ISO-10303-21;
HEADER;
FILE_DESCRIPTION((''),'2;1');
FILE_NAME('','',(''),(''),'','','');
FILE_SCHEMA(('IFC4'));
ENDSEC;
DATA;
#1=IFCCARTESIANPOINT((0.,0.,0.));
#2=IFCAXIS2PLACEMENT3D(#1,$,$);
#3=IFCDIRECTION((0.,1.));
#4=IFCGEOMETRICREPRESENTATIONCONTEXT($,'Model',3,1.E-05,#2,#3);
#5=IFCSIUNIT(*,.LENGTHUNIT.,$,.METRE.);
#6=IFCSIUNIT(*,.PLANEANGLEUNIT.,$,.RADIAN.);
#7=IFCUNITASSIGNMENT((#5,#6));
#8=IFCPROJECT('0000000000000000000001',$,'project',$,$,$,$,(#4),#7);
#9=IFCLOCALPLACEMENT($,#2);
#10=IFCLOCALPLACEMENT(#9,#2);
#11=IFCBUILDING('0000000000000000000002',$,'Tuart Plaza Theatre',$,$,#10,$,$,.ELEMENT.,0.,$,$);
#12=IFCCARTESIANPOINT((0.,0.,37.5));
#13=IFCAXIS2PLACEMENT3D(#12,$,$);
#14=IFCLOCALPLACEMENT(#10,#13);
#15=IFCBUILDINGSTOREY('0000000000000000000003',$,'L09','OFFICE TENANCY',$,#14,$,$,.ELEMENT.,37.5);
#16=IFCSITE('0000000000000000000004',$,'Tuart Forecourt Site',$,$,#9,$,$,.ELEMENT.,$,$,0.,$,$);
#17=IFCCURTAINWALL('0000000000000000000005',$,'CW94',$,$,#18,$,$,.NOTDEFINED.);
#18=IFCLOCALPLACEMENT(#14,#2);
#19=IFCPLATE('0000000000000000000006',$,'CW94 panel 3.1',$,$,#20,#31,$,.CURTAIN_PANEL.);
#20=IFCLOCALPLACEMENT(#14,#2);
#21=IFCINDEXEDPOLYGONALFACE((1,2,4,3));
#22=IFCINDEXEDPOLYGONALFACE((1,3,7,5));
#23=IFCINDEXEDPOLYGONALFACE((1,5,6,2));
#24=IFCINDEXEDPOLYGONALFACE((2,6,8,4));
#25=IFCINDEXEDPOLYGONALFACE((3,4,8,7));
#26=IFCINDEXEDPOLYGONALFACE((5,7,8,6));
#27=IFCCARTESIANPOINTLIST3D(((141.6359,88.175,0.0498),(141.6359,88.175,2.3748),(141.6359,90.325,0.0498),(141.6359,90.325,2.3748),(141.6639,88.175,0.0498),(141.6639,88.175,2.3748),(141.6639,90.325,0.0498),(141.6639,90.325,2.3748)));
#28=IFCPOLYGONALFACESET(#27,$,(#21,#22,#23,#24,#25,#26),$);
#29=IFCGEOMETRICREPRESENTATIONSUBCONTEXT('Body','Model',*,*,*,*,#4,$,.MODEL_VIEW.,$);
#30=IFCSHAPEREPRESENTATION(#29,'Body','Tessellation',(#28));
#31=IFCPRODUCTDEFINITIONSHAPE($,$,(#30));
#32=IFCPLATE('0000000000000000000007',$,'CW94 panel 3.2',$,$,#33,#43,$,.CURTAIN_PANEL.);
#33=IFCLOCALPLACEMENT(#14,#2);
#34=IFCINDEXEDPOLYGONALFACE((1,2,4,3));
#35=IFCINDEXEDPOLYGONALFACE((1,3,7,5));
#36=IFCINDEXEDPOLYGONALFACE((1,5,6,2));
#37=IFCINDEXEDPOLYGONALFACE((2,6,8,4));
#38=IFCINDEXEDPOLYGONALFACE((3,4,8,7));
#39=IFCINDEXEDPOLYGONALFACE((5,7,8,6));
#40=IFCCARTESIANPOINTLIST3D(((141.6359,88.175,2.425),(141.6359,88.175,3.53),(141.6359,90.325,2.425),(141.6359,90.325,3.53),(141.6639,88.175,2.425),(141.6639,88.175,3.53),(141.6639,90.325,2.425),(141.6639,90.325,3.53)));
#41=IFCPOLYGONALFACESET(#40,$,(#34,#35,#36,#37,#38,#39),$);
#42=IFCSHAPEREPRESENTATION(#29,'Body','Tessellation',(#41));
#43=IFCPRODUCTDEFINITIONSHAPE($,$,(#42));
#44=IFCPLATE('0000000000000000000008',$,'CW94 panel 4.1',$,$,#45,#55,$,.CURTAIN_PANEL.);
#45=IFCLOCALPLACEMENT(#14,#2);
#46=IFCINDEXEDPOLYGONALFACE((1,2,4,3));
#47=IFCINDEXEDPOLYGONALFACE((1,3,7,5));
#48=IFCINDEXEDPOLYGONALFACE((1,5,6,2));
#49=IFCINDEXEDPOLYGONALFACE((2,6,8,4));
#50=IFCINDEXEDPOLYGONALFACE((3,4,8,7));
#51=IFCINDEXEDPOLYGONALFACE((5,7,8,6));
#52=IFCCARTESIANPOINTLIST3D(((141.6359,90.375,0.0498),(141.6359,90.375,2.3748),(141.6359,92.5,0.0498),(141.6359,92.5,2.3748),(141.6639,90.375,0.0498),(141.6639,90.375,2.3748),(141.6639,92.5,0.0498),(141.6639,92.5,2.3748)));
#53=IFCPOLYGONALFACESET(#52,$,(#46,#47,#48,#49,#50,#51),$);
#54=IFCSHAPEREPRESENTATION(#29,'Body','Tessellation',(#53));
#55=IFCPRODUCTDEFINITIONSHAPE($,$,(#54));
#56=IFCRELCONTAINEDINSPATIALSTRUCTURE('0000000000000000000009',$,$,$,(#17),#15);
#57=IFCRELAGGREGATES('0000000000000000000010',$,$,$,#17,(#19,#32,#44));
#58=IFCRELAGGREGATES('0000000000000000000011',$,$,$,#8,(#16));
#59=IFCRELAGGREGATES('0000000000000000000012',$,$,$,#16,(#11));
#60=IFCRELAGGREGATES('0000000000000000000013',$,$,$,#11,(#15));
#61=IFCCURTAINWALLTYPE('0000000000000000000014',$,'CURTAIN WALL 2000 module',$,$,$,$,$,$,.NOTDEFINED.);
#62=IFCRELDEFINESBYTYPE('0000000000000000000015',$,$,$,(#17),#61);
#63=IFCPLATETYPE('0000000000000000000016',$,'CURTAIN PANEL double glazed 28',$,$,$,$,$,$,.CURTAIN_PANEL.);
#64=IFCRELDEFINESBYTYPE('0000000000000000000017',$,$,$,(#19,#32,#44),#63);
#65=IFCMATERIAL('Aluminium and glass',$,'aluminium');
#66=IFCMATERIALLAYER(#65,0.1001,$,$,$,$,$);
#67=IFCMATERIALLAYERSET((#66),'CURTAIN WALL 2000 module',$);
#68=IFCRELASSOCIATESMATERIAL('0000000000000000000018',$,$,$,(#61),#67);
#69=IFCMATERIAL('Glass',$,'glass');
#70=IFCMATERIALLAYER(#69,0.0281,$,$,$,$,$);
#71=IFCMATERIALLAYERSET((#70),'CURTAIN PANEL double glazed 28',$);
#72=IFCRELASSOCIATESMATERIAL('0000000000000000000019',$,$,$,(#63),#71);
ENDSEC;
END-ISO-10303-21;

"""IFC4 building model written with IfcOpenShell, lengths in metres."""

from ifc_helpers import new_model, si_unit, direction, frame, origin, origin_2d, place, context, subcontext, project, spatial, rectangle, extrude, material, layer, layer_set, type_object, element, aggregate, save


model = new_model("IFC4")

# Units and contexts
model_context = context("Model", 3, precision=1e-05, world=origin(), true_north=direction((0.0, 1.0)))
body_context = subcontext(model_context, "Body", "Model", "MODEL_VIEW")
ifc_project = project(units=[si_unit("LENGTHUNIT", "METRE"), si_unit("PLANEANGLEUNIT", "RADIAN")], contexts=[model_context])

# Site, building, storey
site_placement = place(None, origin())
site = spatial("IfcSite", under=ifc_project, at=site_placement, Name="Tuart Forecourt Site", CompositionType="ELEMENT", RefElevation=0.0)
building_placement = place(site_placement, origin())
building = spatial("IfcBuilding", under=site, at=building_placement, Name="Tuart Plaza Theatre", CompositionType="ELEMENT", ElevationOfRefHeight=0.0)
storey_placement = place(building_placement, frame((0.0, 0.0, 37.5)))
storey = spatial("IfcBuildingStorey", under=building, at=storey_placement, Name="L09", Description="OFFICE TENANCY", CompositionType="ELEMENT", Elevation=37.5)

# Curtain wall, plates
ifc_material_1 = material(Name="Aluminium and glass", Category="aluminium")
ifc_layer_1 = layer(ifc_material_1, 0.1001)
ifc_layer_set_1 = layer_set([ifc_layer_1], Name="CURTAIN WALL 2000 module")
curtain_wall_type = type_object("IfcCurtainWallType", Name="CURTAIN WALL 2000 module", PredefinedType="NOTDEFINED", material=ifc_layer_set_1)
curtain_wall_placement = place(storey_placement, origin())
curtain_wall = element("IfcCurtainWall", 1, at=curtain_wall_placement, inside=storey, type_object=curtain_wall_type, Name="CW94", PredefinedType="NOTDEFINED")
ifc_material_2 = material(Name="Glass", Category="glass")
ifc_layer_2 = layer(ifc_material_2, 0.0281)
ifc_layer_set_2 = layer_set([ifc_layer_2], Name="CURTAIN PANEL double glazed 28")
plate_type = type_object("IfcPlateType", Name="CURTAIN PANEL double glazed 28", PredefinedType="CURTAIN_PANEL", material=ifc_layer_set_2)
plate_1_placement = place(storey_placement, frame((141.6499, 89.25, 0.0498), z_axis=(0.0, 0.0, 1.0), x_axis=(0.0, 1.0, 0.0)))
plate_1 = element("IfcPlate", 2, at=plate_1_placement, type_object=plate_type, Name="CW94 panel 3.1", PredefinedType="CURTAIN_PANEL", context=body_context, shape_type="SweptSolid", body=[
    extrude(rectangle(XDim=2.1499, YDim=0.0281, at=origin_2d()), origin(), (0.0, 0.0, 1.0), 2.325),
])
plate_2_placement = place(storey_placement, frame((141.6499, 89.25, 2.425), z_axis=(0.0, 0.0, 1.0), x_axis=(0.0, 1.0, 0.0)))
plate_2 = element("IfcPlate", 3, at=plate_2_placement, type_object=plate_type, Name="CW94 panel 3.2", PredefinedType="CURTAIN_PANEL", context=body_context, shape_type="SweptSolid", body=[
    extrude(rectangle(XDim=2.1499, YDim=0.0281, at=origin_2d()), origin(), (0.0, 0.0, 1.0), 1.105),
])
plate_3_placement = place(storey_placement, frame((141.6499, 91.4375, 0.0498), z_axis=(0.0, 0.0, 1.0), x_axis=(0.0, 1.0, 0.0)))
plate_3 = element("IfcPlate", 4, at=plate_3_placement, type_object=plate_type, Name="CW94 panel 4.1", PredefinedType="CURTAIN_PANEL", context=body_context, shape_type="SweptSolid", body=[
    extrude(rectangle(XDim=2.125, YDim=0.0281, at=origin_2d()), origin(), (0.0, 0.0, 1.0), 2.325),
])
aggregate(curtain_wall, [plate_1, plate_2, plate_3])

save(model, "model.ifc")
